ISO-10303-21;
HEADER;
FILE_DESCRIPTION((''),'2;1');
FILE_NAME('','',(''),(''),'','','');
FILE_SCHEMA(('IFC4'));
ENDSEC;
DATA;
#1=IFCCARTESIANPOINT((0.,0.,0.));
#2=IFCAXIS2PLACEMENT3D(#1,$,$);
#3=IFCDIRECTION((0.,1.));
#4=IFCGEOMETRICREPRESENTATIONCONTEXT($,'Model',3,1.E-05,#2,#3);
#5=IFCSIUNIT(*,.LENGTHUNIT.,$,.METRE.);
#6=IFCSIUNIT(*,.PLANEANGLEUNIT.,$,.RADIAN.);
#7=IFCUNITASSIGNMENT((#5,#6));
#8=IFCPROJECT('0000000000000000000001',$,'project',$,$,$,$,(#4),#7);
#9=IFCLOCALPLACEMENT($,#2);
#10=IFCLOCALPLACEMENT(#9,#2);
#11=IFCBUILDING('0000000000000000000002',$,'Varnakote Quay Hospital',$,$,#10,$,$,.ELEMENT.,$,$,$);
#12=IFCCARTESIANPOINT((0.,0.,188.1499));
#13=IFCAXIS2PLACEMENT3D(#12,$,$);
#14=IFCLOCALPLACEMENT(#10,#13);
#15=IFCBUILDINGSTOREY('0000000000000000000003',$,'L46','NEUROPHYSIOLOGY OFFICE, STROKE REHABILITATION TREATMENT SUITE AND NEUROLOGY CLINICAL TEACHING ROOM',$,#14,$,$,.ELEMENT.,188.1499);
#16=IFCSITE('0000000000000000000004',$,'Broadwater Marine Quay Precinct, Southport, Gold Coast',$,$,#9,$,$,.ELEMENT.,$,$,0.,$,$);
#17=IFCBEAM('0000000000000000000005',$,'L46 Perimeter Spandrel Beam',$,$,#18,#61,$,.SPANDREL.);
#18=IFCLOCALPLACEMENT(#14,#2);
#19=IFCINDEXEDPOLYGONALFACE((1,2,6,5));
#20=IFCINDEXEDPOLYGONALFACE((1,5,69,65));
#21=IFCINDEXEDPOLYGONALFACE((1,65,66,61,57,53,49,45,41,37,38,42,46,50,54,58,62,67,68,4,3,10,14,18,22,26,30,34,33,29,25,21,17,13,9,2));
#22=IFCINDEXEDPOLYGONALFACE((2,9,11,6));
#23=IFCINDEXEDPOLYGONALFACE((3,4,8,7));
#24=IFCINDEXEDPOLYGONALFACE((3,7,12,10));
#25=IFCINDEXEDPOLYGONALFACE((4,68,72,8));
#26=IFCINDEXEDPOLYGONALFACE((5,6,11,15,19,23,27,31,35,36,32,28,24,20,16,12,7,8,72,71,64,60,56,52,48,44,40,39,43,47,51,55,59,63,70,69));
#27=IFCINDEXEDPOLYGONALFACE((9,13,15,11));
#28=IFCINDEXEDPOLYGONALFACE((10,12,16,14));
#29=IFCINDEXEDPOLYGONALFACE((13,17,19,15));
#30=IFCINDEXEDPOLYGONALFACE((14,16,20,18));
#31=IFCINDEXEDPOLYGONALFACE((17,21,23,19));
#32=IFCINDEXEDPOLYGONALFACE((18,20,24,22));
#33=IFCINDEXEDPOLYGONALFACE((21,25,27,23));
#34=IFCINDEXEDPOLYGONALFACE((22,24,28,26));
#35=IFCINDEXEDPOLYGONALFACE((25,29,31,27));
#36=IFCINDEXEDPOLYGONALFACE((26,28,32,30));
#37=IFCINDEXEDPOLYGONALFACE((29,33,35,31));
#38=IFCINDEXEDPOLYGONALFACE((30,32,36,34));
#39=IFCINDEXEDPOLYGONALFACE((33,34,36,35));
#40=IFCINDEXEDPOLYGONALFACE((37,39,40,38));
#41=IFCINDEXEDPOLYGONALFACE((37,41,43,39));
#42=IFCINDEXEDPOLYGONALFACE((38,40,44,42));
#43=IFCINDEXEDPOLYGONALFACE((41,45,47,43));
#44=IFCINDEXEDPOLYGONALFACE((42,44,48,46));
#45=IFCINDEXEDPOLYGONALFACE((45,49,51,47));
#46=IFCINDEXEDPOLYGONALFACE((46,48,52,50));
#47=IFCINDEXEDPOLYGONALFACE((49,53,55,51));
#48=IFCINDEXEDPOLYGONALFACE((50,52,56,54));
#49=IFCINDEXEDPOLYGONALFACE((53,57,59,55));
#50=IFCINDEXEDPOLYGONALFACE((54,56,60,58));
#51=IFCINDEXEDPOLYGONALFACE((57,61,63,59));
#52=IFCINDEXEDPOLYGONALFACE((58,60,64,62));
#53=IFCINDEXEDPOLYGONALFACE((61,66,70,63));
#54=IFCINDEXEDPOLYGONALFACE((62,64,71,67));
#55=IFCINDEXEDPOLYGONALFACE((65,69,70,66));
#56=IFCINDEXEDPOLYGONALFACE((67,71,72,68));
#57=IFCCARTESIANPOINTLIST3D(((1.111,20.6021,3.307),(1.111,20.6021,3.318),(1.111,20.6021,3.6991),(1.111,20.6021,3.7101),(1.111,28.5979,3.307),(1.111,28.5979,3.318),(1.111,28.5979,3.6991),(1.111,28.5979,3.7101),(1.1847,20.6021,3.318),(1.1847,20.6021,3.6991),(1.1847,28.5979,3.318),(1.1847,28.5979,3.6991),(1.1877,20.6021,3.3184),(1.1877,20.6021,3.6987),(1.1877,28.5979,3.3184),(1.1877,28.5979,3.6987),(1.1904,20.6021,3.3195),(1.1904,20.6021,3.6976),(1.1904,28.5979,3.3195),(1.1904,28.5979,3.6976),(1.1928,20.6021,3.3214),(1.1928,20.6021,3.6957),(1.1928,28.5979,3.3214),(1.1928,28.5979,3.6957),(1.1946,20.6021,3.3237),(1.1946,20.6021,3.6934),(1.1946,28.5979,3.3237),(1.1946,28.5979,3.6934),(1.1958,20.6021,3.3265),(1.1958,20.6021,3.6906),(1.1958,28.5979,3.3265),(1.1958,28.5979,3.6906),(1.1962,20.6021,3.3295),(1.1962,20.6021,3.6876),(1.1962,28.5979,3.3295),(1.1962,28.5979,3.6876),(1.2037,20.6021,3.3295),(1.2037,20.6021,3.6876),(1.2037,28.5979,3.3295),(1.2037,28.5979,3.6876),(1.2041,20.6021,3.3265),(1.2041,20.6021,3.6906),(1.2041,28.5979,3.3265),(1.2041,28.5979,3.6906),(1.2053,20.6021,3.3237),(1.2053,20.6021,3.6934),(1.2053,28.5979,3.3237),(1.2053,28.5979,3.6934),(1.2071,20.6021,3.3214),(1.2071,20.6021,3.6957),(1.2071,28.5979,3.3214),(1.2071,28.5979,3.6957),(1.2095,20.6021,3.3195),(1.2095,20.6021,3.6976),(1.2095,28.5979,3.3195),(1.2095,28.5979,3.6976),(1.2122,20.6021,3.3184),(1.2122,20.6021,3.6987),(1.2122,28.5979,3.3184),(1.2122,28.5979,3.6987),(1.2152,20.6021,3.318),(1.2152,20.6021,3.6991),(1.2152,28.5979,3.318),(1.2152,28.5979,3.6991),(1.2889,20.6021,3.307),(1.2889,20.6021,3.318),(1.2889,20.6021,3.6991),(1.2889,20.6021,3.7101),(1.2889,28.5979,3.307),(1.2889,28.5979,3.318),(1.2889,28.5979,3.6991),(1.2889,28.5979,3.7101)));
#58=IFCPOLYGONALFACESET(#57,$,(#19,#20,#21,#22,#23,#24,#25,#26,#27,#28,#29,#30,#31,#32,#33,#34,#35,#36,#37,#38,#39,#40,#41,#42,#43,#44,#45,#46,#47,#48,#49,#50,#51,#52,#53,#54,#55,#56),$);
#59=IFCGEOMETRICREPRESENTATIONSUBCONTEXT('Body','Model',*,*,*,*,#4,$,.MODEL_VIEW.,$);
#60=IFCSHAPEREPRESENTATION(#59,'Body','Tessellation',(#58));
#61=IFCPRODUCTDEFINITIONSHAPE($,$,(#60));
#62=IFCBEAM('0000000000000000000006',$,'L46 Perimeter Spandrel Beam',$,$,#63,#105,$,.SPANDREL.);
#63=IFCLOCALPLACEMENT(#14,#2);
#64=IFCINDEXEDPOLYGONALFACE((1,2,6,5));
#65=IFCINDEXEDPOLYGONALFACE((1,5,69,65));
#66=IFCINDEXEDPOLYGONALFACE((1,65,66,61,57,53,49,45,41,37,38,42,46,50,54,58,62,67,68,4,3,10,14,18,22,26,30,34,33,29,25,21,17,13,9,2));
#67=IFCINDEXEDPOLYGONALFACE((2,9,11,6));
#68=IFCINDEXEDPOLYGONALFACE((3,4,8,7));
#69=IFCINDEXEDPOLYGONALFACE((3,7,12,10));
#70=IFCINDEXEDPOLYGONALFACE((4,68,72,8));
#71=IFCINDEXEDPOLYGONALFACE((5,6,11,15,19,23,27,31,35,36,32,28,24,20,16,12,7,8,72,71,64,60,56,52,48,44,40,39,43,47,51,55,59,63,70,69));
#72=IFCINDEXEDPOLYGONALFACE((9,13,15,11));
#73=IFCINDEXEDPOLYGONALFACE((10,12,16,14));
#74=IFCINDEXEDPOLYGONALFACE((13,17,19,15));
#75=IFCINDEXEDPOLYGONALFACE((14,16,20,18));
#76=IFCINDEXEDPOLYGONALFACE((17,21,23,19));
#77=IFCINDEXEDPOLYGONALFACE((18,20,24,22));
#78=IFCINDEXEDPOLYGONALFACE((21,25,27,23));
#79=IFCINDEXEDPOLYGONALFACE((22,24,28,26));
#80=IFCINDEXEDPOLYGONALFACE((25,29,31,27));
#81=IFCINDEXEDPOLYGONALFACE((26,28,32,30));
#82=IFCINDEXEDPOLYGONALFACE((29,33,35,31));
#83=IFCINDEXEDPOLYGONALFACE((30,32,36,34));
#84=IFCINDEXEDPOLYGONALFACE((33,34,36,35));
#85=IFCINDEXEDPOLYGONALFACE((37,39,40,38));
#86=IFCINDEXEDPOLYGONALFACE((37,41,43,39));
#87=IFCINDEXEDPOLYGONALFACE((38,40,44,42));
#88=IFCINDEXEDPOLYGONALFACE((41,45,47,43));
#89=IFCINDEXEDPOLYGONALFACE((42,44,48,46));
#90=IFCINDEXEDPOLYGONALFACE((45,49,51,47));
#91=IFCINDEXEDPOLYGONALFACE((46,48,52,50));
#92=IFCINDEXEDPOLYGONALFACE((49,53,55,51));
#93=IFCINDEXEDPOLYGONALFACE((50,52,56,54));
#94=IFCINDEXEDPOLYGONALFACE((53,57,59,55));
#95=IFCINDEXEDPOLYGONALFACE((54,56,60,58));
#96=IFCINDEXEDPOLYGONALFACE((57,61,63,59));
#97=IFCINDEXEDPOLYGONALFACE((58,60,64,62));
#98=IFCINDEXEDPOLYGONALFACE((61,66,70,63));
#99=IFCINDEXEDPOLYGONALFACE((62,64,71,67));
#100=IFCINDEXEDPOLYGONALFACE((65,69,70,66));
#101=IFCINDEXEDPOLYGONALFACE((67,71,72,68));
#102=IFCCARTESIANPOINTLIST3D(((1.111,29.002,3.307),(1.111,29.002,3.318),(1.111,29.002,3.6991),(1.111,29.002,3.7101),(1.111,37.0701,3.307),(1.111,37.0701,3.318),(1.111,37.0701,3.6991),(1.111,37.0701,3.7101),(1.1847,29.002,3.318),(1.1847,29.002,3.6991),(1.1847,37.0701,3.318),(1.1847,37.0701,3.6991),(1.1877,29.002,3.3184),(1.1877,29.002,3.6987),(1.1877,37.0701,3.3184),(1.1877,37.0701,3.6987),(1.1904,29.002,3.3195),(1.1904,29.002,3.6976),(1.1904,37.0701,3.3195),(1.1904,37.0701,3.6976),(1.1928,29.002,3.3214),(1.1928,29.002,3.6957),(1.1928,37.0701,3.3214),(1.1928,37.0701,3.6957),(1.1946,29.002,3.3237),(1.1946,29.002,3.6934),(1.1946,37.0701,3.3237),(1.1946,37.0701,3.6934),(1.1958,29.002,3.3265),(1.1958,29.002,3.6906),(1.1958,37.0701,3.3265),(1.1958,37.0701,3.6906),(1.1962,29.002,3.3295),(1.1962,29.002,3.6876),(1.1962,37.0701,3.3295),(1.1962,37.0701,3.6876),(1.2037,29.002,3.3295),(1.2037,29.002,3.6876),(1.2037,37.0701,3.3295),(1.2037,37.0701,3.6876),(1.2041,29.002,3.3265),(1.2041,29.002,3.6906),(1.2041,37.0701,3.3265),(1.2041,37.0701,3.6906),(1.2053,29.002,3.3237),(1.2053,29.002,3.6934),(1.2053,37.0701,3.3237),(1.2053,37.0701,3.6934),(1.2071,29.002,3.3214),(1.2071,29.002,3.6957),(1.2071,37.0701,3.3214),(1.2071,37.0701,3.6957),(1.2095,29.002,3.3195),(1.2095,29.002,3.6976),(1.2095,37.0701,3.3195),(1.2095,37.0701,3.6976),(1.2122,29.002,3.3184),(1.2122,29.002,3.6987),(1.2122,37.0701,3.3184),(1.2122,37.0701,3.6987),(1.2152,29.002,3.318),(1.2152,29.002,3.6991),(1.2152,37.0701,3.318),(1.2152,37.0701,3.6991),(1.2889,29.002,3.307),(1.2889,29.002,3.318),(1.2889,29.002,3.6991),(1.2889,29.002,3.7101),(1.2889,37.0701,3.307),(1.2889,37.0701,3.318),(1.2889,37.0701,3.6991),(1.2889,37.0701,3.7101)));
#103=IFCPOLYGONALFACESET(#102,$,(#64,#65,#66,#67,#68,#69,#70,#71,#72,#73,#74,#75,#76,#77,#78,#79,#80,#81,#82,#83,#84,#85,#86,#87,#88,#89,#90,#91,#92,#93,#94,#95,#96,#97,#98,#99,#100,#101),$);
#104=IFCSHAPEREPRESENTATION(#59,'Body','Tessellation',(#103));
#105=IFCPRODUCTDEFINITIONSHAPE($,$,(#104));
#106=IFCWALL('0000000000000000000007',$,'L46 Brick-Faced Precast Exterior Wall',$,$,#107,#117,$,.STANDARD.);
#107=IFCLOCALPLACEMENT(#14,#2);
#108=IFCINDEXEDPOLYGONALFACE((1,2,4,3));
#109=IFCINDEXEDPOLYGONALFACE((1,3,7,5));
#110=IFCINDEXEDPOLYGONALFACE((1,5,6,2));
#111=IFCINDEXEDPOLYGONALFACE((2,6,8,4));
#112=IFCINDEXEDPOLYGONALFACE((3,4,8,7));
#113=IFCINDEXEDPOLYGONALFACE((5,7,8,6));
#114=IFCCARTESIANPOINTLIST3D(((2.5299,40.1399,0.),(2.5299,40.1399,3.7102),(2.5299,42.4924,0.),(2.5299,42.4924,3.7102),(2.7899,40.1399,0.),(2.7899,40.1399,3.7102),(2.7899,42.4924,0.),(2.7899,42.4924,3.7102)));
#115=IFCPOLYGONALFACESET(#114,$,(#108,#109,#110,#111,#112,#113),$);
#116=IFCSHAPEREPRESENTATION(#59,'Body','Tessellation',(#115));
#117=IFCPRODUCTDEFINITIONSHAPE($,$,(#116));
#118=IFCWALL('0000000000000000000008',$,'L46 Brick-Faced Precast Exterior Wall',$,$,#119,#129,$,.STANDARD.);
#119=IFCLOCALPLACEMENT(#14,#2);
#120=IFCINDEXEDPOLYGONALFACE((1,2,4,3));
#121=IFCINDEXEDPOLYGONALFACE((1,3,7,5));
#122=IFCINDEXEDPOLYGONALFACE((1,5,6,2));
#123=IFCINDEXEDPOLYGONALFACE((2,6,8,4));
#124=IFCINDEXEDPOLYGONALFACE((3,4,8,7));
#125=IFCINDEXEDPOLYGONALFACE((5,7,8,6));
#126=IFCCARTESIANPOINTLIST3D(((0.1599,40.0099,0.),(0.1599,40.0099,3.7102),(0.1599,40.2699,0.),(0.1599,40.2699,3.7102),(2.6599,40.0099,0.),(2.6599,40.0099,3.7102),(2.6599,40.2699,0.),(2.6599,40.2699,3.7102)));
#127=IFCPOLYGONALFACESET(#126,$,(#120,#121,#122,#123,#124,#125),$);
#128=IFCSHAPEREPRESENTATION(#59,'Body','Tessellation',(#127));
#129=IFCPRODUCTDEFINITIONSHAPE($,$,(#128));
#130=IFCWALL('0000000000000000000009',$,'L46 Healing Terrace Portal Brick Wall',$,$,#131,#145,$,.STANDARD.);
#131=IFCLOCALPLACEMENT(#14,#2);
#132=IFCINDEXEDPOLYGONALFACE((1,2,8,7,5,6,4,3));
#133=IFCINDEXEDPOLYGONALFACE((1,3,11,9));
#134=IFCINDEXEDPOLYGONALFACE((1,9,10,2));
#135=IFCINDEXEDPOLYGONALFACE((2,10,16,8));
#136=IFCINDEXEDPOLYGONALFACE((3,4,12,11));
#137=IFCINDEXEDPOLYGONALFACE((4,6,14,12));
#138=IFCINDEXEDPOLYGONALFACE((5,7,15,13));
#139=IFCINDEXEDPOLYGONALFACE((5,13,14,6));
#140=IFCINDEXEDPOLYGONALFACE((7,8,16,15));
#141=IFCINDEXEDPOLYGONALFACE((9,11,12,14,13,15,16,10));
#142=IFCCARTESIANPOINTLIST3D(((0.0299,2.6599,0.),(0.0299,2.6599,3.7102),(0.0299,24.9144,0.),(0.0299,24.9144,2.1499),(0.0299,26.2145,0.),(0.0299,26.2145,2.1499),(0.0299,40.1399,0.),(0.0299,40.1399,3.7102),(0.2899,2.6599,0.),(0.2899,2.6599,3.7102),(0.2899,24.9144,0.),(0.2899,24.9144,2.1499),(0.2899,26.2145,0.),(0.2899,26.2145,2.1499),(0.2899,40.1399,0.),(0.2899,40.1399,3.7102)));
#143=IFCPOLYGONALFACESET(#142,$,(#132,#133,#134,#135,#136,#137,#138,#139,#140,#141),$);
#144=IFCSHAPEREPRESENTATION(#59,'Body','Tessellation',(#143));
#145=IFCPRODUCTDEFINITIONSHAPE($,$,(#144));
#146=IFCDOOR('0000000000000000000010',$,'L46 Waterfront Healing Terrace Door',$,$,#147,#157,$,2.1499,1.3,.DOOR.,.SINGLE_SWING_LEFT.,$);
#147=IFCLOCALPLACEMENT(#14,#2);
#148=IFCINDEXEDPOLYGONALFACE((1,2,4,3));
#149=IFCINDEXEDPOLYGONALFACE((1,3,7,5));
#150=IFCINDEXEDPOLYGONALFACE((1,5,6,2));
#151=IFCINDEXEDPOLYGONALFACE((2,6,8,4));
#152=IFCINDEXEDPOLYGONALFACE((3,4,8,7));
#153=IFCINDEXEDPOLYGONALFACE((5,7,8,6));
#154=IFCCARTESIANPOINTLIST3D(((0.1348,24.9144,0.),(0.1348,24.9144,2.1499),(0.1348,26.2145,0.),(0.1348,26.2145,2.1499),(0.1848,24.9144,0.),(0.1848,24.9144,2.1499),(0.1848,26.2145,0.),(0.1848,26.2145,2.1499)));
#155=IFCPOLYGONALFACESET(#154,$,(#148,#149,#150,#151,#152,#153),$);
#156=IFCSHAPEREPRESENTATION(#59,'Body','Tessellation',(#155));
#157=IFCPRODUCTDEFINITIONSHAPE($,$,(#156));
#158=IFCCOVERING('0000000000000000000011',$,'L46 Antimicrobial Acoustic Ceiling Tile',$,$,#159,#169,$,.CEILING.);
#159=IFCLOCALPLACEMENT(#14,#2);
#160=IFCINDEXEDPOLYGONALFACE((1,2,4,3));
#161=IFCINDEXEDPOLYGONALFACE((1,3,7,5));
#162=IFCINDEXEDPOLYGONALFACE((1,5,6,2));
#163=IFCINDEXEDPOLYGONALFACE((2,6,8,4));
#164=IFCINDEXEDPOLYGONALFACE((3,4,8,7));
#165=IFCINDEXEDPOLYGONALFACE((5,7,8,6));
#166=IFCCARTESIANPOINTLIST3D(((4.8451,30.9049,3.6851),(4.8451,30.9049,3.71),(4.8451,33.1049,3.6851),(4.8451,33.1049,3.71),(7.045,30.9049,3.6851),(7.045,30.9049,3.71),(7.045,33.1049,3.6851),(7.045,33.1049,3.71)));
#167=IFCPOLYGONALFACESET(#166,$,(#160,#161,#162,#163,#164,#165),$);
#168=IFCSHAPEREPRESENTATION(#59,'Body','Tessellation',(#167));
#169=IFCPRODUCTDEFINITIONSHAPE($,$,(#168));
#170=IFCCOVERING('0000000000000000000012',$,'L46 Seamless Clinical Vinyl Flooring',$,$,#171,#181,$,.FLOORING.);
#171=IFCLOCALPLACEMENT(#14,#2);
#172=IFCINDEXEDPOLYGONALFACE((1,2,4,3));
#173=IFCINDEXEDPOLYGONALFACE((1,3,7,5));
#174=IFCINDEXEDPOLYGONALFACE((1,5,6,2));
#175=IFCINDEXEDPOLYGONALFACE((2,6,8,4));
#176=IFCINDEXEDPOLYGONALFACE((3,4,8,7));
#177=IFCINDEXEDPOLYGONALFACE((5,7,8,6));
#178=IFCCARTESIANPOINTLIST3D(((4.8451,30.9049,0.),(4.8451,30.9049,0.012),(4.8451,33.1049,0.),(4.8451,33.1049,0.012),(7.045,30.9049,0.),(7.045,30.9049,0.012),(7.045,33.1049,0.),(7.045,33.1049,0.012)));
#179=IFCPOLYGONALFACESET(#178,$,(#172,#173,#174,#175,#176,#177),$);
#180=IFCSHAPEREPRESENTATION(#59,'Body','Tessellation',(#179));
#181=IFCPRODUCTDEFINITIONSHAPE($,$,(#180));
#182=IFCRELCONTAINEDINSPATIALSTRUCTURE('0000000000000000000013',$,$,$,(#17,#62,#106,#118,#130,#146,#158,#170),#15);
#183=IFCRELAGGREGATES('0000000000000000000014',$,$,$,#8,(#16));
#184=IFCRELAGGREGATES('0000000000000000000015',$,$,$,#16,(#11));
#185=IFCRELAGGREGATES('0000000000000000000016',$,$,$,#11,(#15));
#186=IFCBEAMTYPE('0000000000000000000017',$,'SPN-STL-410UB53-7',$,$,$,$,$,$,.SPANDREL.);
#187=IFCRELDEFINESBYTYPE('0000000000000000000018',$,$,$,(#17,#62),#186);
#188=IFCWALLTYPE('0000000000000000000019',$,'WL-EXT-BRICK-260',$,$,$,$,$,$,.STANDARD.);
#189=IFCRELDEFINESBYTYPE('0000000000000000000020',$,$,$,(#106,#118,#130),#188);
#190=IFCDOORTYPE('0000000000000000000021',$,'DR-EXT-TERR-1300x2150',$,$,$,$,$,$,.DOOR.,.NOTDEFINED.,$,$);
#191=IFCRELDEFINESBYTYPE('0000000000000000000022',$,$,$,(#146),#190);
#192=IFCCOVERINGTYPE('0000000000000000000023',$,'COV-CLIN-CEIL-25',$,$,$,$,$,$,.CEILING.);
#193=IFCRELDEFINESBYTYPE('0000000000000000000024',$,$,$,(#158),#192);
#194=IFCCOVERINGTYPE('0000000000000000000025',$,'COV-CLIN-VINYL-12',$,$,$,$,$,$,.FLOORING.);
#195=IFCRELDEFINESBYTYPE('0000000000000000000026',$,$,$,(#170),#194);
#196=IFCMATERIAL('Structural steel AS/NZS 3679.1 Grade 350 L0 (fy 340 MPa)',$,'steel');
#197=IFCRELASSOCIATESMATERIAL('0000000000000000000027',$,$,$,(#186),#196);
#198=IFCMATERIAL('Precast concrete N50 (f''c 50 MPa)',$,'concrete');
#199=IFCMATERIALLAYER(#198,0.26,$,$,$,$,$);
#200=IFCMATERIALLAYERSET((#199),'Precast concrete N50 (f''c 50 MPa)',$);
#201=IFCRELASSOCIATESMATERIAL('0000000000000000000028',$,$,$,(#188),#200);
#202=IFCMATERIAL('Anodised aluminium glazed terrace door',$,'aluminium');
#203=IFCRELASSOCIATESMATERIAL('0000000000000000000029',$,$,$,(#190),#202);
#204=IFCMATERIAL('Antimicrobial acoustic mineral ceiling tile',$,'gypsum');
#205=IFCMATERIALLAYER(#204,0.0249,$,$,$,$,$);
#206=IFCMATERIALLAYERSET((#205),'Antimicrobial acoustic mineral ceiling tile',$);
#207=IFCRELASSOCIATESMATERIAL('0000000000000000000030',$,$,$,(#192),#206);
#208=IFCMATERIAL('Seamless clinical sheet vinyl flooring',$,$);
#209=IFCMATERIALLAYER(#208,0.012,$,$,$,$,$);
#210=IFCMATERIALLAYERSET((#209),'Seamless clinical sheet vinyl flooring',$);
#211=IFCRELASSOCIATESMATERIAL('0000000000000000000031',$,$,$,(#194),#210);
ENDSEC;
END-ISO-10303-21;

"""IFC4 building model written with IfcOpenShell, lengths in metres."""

from ifc_helpers import new_model, si_unit, direction, frame, frame_2d, origin, origin_2d, place, context, subcontext, project, spatial, rectangle, i_section, extrude, material, layer, layer_set, material_profile, profile_set, type_object, element, fill, save


model = new_model("IFC4")

# Units and contexts
model_context = context("Model", 3, precision=1e-05, world=origin(), true_north=direction((0.0, 1.0)))
body_context = subcontext(model_context, "Body", "Model", "MODEL_VIEW")
ifc_project = project(units=[si_unit("LENGTHUNIT", "METRE"), si_unit("PLANEANGLEUNIT", "RADIAN")], contexts=[model_context])

# Site, building, storey
site_placement = place(None, origin())
site = spatial("IfcSite", under=ifc_project, at=site_placement, Name="Broadwater Marine Quay Precinct, Southport, Gold Coast", CompositionType="ELEMENT", RefElevation=0.0)
building_placement = place(site_placement, origin())
building = spatial("IfcBuilding", under=site, at=building_placement, Name="Varnakote Quay Hospital", CompositionType="ELEMENT")
storey_placement = place(building_placement, frame((0.0, 0.0, 188.1499)))
storey = spatial("IfcBuildingStorey", under=building, at=storey_placement, Name="L46", Description="NEUROPHYSIOLOGY OFFICE, STROKE REHABILITATION TREATMENT SUITE AND NEUROLOGY CLINICAL TEACHING ROOM", CompositionType="ELEMENT", Elevation=188.1499)

# Beams
ifc_material_1 = material(Name="Structural steel AS/NZS 3679.1 Grade 350 L0 (fy 340 MPa)", Category="steel")
ifc_material_profile_1 = material_profile(ifc_material_1, i_section(OverallWidth=0.178, OverallDepth=0.4031, WebThickness=0.0076, FlangeThickness=0.011, FilletRadius=0.0115, at=origin_2d()), Name="410UB53.7")
ifc_profile_set_1 = profile_set([ifc_material_profile_1], Name="Structural steel AS/NZS 3679.1 Grade 350 L0 (fy 340 MPa)")
beam_type_1 = type_object("IfcBeamType", Name="SPN-STL-410UB53-7", PredefinedType="SPANDREL", material=ifc_profile_set_1)
beam_1_placement = place(storey_placement, frame((1.2, 20.6021, 3.5085), z_axis=(0.0, 1.0, 0.0), x_axis=(-1.0, 0.0, 0.0)))
element("IfcBeam", 1, at=beam_1_placement, inside=storey, type_object=beam_type_1, Name="L46 Perimeter Spandrel Beam", PredefinedType="SPANDREL", context=body_context, shape_type="SweptSolid", body=[
    extrude(i_section(OverallWidth=0.178, OverallDepth=0.4031, WebThickness=0.0076, FlangeThickness=0.011, FilletRadius=0.0115, at=origin_2d()), origin(), (0.0, 0.0, 1.0), 7.9958),
])
beam_2_placement = place(storey_placement, frame((1.2, 29.002, 3.5085), z_axis=(0.0, 1.0, 0.0), x_axis=(-1.0, 0.0, 0.0)))
element("IfcBeam", 2, at=beam_2_placement, inside=storey, type_object=beam_type_1, Name="L46 Perimeter Spandrel Beam", PredefinedType="SPANDREL", context=body_context, shape_type="SweptSolid", body=[
    extrude(i_section(OverallWidth=0.178, OverallDepth=0.4031, WebThickness=0.0076, FlangeThickness=0.011, FilletRadius=0.0115, at=origin_2d()), origin(), (0.0, 0.0, 1.0), 8.0681),
])

# Walls
ifc_material_2 = material(Name="Precast concrete N50 (f'c 50 MPa)", Category="concrete")
ifc_layer_1 = layer(ifc_material_2, 0.26)
ifc_layer_set_1 = layer_set([ifc_layer_1], Name="Precast concrete N50 (f'c 50 MPa)")
wall_type = type_object("IfcWallType", Name="WL-EXT-BRICK-260", PredefinedType="STANDARD", material=ifc_layer_set_1)
wall_1_placement = place(storey_placement, frame((2.6599, 42.4924, 0.0), z_axis=(0.0, 0.0, 1.0), x_axis=(0.0, -1.0, 0.0)))
element("IfcWall", 3, at=wall_1_placement, inside=storey, type_object=wall_type, Name="L46 Brick-Faced Precast Exterior Wall", PredefinedType="STANDARD", context=body_context, shape_type="SweptSolid", body=[
    extrude(rectangle(XDim=2.3525, YDim=0.26, at=frame_2d((1.1763, 0.0))), origin(), (0.0, 0.0, 1.0), 3.7102),
])
wall_2_placement = place(storey_placement, frame((2.6599, 40.1399, 0.0), z_axis=(0.0, 0.0, 1.0), x_axis=(-1.0, 0.0, 0.0)))
element("IfcWall", 4, at=wall_2_placement, inside=storey, type_object=wall_type, Name="L46 Brick-Faced Precast Exterior Wall", PredefinedType="STANDARD", context=body_context, shape_type="SweptSolid", body=[
    extrude(rectangle(XDim=2.5, YDim=0.26, at=frame_2d((1.25, 0.0))), origin(), (0.0, 0.0, 1.0), 3.7102),
])

# Wall, opening, door
wall_3_placement = place(storey_placement, frame((0.1599, 40.1399, 0.0), z_axis=(0.0, 0.0, 1.0), x_axis=(0.0, -1.0, 0.0)))
wall_3 = element("IfcWall", 5, at=wall_3_placement, inside=storey, type_object=wall_type, Name="L46 Healing Terrace Portal Brick Wall", PredefinedType="STANDARD", context=body_context, shape_type="SweptSolid", body=[
    extrude(rectangle(XDim=37.48, YDim=0.26, at=frame_2d((18.74, 0.0))), origin(), (0.0, 0.0, 1.0), 3.7102),
])
opening_placement = place(wall_3_placement, frame((13.9255, 0.0, 0.0)))
opening = element("IfcOpeningElement", 6, at=opening_placement, cuts=wall_3, PredefinedType="OPENING", context=body_context, shape_type="SweptSolid", body=[
    extrude(rectangle(XDim=1.3, YDim=2.1499, at=frame_2d((0.6499, 1.075))), frame((0.0, 0.1399, 0.0), z_axis=(0.0, -1.0, 0.0), x_axis=(1.0, 0.0, 0.0)), (0.0, 0.0, 1.0), 0.28),
])
ifc_material_3 = material(Name="Anodised aluminium glazed terrace door", Category="aluminium")
door_type = type_object("IfcDoorType", Name="DR-EXT-TERR-1300x2150", OperationType="NOTDEFINED", PredefinedType="DOOR", material=ifc_material_3)
door_placement = place(opening_placement, origin())
door = element("IfcDoor", 7, at=door_placement, inside=storey, type_object=door_type, Name="L46 Waterfront Healing Terrace Door", OperationType="SINGLE_SWING_LEFT", OverallHeight=2.1499, OverallWidth=1.3, PredefinedType="DOOR", context=body_context, shape_type="SweptSolid", body=[
    extrude(rectangle(XDim=1.3, YDim=2.1499, at=frame_2d((0.6499, 1.075))), frame((0.0, 0.0249, 0.0), z_axis=(0.0, -1.0, 0.0), x_axis=(1.0, 0.0, 0.0)), (0.0, 0.0, 1.0), 0.05),
])
fill(opening, door)

# Coverings
ifc_material_4 = material(Name="Antimicrobial acoustic mineral ceiling tile", Category="gypsum")
ifc_layer_2 = layer(ifc_material_4, 0.0249)
ifc_layer_set_2 = layer_set([ifc_layer_2], Name="Antimicrobial acoustic mineral ceiling tile")
covering_type_1 = type_object("IfcCoveringType", Name="COV-CLIN-CEIL-25", PredefinedType="CEILING", material=ifc_layer_set_2)
covering_1_placement = place(storey_placement, frame((5.9451, 32.0049, 3.6851), z_axis=(0.0, 0.0, 1.0), x_axis=(1.0, 0.0, 0.0)))
element("IfcCovering", 8, at=covering_1_placement, inside=storey, type_object=covering_type_1, Name="L46 Antimicrobial Acoustic Ceiling Tile", PredefinedType="CEILING", context=body_context, shape_type="SweptSolid", body=[
    extrude(rectangle(XDim=2.2, YDim=2.2, at=origin_2d()), origin(), (0.0, 0.0, 1.0), 0.0249),
])
ifc_material_5 = material(Name="Seamless clinical sheet vinyl flooring")
ifc_layer_3 = layer(ifc_material_5, 0.012)
ifc_layer_set_3 = layer_set([ifc_layer_3], Name="Seamless clinical sheet vinyl flooring")
covering_type_2 = type_object("IfcCoveringType", Name="COV-CLIN-VINYL-12", PredefinedType="FLOORING", material=ifc_layer_set_3)
covering_2_placement = place(storey_placement, frame((5.9451, 32.0049, 0.0), z_axis=(0.0, 0.0, 1.0), x_axis=(1.0, 0.0, 0.0)))
element("IfcCovering", 9, at=covering_2_placement, inside=storey, type_object=covering_type_2, Name="L46 Seamless Clinical Vinyl Flooring", PredefinedType="FLOORING", context=body_context, shape_type="SweptSolid", body=[
    extrude(rectangle(XDim=2.2, YDim=2.2, at=origin_2d()), origin(), (0.0, 0.0, 1.0), 0.012),
])

save(model, "model.ifc")
